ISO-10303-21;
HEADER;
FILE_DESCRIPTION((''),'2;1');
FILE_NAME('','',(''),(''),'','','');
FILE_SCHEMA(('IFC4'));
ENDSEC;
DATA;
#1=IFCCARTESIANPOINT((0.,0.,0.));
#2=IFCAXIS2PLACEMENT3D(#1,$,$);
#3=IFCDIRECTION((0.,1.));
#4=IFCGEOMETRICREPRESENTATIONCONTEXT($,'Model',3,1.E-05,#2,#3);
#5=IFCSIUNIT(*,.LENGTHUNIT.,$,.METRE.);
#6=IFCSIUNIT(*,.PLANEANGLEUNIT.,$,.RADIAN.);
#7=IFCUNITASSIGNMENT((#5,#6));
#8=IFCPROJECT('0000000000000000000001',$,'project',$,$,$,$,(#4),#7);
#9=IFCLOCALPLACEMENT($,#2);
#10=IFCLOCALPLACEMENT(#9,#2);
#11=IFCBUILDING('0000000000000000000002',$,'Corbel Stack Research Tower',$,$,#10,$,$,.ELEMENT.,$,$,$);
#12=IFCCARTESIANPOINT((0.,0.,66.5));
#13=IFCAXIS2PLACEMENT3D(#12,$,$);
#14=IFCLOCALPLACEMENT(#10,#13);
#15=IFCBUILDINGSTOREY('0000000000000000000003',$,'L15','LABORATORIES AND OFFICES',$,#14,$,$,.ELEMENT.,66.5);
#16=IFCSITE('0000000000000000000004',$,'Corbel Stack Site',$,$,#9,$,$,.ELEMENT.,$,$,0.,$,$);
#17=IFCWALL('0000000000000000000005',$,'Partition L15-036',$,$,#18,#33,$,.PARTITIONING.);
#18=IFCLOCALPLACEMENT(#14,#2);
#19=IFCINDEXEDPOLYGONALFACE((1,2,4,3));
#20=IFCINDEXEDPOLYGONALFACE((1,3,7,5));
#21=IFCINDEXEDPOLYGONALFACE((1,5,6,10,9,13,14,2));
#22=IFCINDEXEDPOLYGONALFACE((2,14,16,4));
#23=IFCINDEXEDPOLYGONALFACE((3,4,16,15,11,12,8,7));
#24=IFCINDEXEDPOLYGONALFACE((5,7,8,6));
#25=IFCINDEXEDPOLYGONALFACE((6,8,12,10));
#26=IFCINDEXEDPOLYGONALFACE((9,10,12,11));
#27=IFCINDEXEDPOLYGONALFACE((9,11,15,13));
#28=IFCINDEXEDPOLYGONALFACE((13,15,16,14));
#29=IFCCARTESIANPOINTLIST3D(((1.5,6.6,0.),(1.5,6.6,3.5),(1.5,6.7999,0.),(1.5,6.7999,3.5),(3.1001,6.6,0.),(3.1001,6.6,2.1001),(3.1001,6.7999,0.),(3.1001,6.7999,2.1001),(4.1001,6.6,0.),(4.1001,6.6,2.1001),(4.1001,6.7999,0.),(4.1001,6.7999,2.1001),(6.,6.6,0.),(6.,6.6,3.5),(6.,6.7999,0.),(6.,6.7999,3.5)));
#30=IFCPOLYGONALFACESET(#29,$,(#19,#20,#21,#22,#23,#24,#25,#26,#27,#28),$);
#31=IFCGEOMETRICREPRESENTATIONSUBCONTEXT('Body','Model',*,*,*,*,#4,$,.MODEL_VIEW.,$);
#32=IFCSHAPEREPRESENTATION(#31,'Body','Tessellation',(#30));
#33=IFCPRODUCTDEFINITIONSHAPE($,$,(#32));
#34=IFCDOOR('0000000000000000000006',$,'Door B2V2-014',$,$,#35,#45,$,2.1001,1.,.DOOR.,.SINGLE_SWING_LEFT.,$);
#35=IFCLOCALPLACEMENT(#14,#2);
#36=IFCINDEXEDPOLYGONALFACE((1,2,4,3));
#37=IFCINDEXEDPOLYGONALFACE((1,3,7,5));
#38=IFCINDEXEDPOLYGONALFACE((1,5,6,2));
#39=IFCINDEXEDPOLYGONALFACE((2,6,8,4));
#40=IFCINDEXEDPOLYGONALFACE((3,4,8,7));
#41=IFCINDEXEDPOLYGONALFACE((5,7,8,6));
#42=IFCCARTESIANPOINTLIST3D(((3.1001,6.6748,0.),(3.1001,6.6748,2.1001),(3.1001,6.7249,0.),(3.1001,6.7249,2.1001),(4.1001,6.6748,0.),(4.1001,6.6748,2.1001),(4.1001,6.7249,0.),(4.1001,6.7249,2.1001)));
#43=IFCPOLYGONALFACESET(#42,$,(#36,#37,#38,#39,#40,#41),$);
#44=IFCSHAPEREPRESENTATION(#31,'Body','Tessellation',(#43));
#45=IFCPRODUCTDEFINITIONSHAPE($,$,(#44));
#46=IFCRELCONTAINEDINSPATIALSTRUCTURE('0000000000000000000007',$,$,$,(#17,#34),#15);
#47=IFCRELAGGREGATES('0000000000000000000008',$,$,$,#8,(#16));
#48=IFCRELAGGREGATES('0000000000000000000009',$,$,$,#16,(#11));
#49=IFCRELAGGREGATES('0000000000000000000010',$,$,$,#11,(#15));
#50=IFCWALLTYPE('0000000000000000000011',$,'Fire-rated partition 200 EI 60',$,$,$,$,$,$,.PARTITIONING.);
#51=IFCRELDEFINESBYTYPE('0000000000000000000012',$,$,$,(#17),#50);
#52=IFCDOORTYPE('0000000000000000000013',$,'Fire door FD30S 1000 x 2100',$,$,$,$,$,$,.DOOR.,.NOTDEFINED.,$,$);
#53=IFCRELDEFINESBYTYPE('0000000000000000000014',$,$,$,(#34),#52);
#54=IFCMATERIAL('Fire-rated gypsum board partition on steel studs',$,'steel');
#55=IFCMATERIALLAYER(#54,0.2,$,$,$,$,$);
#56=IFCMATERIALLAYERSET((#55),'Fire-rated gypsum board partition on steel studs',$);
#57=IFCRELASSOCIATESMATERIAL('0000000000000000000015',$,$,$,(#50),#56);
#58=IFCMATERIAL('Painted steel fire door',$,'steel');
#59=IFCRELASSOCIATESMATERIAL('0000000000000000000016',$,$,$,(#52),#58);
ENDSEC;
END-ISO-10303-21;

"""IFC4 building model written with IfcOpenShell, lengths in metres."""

from ifc_helpers import new_model, si_unit, direction, frame, frame_2d, origin, place, context, subcontext, project, spatial, rectangle, extrude, material, layer, layer_set, type_object, element, fill, save


model = new_model("IFC4")

# Units and contexts
model_context = context("Model", 3, precision=1e-05, world=origin(), true_north=direction((0.0, 1.0)))
body_context = subcontext(model_context, "Body", "Model", "MODEL_VIEW")
ifc_project = project(units=[si_unit("LENGTHUNIT", "METRE"), si_unit("PLANEANGLEUNIT", "RADIAN")], contexts=[model_context])

# Site, building, storey
site_placement = place(None, origin())
site = spatial("IfcSite", under=ifc_project, at=site_placement, Name="Corbel Stack Site", CompositionType="ELEMENT", RefElevation=0.0)
building_placement = place(site_placement, origin())
building = spatial("IfcBuilding", under=site, at=building_placement, Name="Corbel Stack Research Tower", CompositionType="ELEMENT")
storey_placement = place(building_placement, frame((0.0, 0.0, 66.5)))
storey = spatial("IfcBuildingStorey", under=building, at=storey_placement, Name="L15", Description="LABORATORIES AND OFFICES", CompositionType="ELEMENT", Elevation=66.5)

# Wall, opening, door
ifc_material_1 = material(Name="Fire-rated gypsum board partition on steel studs", Category="steel")
ifc_layer_1 = layer(ifc_material_1, 0.2)
ifc_layer_set_1 = layer_set([ifc_layer_1], Name="Fire-rated gypsum board partition on steel studs")
wall_type_1 = type_object("IfcWallType", Name="Fire-rated partition 200 EI 60", PredefinedType="PARTITIONING", material=ifc_layer_set_1)
wall_1_placement = place(storey_placement, frame((1.5, 6.7, 0.0), z_axis=(0.0, 0.0, 1.0), x_axis=(1.0, 0.0, 0.0)))
wall_1 = element("IfcWall", 1, at=wall_1_placement, inside=storey, type_object=wall_type_1, Name="Partition L15-036", PredefinedType="PARTITIONING", context=body_context, shape_type="SweptSolid", body=[
    extrude(rectangle(XDim=4.5, YDim=0.2, at=frame_2d((2.25, 0.0))), origin(), (0.0, 0.0, 1.0), 3.5),
])
opening_1_placement = place(wall_1_placement, frame((1.6001, 0.0, 0.0)))
opening_1 = element("IfcOpeningElement", 2, at=opening_1_placement, cuts=wall_1, PredefinedType="OPENING", context=body_context, shape_type="SweptSolid", body=[
    extrude(rectangle(XDim=1.0, YDim=2.1001, at=frame_2d((0.5, 1.05))), frame((0.0, 0.1099, 0.0), z_axis=(0.0, -1.0, 0.0), x_axis=(1.0, 0.0, 0.0)), (0.0, 0.0, 1.0), 0.22),
])
ifc_material_2 = material(Name="Painted steel fire door", Category="steel")
door_type_1 = type_object("IfcDoorType", Name="Fire door FD30S 1000 x 2100", OperationType="NOTDEFINED", PredefinedType="DOOR", material=ifc_material_2)
door_1_placement = place(opening_1_placement, origin())
door_1 = element("IfcDoor", 3, at=door_1_placement, inside=storey, type_object=door_type_1, Name="Door B2V2-014", OperationType="SINGLE_SWING_LEFT", OverallHeight=2.1001, OverallWidth=1.0, PredefinedType="DOOR", context=body_context, shape_type="SweptSolid", body=[
    extrude(rectangle(XDim=1.0, YDim=2.1001, at=frame_2d((0.5, 1.05))), frame((0.0, 0.0249, 0.0), z_axis=(0.0, -1.0, 0.0), x_axis=(1.0, 0.0, 0.0)), (0.0, 0.0, 1.0), 0.05),
])
fill(opening_1, door_1)

save(model, "model.ifc")
